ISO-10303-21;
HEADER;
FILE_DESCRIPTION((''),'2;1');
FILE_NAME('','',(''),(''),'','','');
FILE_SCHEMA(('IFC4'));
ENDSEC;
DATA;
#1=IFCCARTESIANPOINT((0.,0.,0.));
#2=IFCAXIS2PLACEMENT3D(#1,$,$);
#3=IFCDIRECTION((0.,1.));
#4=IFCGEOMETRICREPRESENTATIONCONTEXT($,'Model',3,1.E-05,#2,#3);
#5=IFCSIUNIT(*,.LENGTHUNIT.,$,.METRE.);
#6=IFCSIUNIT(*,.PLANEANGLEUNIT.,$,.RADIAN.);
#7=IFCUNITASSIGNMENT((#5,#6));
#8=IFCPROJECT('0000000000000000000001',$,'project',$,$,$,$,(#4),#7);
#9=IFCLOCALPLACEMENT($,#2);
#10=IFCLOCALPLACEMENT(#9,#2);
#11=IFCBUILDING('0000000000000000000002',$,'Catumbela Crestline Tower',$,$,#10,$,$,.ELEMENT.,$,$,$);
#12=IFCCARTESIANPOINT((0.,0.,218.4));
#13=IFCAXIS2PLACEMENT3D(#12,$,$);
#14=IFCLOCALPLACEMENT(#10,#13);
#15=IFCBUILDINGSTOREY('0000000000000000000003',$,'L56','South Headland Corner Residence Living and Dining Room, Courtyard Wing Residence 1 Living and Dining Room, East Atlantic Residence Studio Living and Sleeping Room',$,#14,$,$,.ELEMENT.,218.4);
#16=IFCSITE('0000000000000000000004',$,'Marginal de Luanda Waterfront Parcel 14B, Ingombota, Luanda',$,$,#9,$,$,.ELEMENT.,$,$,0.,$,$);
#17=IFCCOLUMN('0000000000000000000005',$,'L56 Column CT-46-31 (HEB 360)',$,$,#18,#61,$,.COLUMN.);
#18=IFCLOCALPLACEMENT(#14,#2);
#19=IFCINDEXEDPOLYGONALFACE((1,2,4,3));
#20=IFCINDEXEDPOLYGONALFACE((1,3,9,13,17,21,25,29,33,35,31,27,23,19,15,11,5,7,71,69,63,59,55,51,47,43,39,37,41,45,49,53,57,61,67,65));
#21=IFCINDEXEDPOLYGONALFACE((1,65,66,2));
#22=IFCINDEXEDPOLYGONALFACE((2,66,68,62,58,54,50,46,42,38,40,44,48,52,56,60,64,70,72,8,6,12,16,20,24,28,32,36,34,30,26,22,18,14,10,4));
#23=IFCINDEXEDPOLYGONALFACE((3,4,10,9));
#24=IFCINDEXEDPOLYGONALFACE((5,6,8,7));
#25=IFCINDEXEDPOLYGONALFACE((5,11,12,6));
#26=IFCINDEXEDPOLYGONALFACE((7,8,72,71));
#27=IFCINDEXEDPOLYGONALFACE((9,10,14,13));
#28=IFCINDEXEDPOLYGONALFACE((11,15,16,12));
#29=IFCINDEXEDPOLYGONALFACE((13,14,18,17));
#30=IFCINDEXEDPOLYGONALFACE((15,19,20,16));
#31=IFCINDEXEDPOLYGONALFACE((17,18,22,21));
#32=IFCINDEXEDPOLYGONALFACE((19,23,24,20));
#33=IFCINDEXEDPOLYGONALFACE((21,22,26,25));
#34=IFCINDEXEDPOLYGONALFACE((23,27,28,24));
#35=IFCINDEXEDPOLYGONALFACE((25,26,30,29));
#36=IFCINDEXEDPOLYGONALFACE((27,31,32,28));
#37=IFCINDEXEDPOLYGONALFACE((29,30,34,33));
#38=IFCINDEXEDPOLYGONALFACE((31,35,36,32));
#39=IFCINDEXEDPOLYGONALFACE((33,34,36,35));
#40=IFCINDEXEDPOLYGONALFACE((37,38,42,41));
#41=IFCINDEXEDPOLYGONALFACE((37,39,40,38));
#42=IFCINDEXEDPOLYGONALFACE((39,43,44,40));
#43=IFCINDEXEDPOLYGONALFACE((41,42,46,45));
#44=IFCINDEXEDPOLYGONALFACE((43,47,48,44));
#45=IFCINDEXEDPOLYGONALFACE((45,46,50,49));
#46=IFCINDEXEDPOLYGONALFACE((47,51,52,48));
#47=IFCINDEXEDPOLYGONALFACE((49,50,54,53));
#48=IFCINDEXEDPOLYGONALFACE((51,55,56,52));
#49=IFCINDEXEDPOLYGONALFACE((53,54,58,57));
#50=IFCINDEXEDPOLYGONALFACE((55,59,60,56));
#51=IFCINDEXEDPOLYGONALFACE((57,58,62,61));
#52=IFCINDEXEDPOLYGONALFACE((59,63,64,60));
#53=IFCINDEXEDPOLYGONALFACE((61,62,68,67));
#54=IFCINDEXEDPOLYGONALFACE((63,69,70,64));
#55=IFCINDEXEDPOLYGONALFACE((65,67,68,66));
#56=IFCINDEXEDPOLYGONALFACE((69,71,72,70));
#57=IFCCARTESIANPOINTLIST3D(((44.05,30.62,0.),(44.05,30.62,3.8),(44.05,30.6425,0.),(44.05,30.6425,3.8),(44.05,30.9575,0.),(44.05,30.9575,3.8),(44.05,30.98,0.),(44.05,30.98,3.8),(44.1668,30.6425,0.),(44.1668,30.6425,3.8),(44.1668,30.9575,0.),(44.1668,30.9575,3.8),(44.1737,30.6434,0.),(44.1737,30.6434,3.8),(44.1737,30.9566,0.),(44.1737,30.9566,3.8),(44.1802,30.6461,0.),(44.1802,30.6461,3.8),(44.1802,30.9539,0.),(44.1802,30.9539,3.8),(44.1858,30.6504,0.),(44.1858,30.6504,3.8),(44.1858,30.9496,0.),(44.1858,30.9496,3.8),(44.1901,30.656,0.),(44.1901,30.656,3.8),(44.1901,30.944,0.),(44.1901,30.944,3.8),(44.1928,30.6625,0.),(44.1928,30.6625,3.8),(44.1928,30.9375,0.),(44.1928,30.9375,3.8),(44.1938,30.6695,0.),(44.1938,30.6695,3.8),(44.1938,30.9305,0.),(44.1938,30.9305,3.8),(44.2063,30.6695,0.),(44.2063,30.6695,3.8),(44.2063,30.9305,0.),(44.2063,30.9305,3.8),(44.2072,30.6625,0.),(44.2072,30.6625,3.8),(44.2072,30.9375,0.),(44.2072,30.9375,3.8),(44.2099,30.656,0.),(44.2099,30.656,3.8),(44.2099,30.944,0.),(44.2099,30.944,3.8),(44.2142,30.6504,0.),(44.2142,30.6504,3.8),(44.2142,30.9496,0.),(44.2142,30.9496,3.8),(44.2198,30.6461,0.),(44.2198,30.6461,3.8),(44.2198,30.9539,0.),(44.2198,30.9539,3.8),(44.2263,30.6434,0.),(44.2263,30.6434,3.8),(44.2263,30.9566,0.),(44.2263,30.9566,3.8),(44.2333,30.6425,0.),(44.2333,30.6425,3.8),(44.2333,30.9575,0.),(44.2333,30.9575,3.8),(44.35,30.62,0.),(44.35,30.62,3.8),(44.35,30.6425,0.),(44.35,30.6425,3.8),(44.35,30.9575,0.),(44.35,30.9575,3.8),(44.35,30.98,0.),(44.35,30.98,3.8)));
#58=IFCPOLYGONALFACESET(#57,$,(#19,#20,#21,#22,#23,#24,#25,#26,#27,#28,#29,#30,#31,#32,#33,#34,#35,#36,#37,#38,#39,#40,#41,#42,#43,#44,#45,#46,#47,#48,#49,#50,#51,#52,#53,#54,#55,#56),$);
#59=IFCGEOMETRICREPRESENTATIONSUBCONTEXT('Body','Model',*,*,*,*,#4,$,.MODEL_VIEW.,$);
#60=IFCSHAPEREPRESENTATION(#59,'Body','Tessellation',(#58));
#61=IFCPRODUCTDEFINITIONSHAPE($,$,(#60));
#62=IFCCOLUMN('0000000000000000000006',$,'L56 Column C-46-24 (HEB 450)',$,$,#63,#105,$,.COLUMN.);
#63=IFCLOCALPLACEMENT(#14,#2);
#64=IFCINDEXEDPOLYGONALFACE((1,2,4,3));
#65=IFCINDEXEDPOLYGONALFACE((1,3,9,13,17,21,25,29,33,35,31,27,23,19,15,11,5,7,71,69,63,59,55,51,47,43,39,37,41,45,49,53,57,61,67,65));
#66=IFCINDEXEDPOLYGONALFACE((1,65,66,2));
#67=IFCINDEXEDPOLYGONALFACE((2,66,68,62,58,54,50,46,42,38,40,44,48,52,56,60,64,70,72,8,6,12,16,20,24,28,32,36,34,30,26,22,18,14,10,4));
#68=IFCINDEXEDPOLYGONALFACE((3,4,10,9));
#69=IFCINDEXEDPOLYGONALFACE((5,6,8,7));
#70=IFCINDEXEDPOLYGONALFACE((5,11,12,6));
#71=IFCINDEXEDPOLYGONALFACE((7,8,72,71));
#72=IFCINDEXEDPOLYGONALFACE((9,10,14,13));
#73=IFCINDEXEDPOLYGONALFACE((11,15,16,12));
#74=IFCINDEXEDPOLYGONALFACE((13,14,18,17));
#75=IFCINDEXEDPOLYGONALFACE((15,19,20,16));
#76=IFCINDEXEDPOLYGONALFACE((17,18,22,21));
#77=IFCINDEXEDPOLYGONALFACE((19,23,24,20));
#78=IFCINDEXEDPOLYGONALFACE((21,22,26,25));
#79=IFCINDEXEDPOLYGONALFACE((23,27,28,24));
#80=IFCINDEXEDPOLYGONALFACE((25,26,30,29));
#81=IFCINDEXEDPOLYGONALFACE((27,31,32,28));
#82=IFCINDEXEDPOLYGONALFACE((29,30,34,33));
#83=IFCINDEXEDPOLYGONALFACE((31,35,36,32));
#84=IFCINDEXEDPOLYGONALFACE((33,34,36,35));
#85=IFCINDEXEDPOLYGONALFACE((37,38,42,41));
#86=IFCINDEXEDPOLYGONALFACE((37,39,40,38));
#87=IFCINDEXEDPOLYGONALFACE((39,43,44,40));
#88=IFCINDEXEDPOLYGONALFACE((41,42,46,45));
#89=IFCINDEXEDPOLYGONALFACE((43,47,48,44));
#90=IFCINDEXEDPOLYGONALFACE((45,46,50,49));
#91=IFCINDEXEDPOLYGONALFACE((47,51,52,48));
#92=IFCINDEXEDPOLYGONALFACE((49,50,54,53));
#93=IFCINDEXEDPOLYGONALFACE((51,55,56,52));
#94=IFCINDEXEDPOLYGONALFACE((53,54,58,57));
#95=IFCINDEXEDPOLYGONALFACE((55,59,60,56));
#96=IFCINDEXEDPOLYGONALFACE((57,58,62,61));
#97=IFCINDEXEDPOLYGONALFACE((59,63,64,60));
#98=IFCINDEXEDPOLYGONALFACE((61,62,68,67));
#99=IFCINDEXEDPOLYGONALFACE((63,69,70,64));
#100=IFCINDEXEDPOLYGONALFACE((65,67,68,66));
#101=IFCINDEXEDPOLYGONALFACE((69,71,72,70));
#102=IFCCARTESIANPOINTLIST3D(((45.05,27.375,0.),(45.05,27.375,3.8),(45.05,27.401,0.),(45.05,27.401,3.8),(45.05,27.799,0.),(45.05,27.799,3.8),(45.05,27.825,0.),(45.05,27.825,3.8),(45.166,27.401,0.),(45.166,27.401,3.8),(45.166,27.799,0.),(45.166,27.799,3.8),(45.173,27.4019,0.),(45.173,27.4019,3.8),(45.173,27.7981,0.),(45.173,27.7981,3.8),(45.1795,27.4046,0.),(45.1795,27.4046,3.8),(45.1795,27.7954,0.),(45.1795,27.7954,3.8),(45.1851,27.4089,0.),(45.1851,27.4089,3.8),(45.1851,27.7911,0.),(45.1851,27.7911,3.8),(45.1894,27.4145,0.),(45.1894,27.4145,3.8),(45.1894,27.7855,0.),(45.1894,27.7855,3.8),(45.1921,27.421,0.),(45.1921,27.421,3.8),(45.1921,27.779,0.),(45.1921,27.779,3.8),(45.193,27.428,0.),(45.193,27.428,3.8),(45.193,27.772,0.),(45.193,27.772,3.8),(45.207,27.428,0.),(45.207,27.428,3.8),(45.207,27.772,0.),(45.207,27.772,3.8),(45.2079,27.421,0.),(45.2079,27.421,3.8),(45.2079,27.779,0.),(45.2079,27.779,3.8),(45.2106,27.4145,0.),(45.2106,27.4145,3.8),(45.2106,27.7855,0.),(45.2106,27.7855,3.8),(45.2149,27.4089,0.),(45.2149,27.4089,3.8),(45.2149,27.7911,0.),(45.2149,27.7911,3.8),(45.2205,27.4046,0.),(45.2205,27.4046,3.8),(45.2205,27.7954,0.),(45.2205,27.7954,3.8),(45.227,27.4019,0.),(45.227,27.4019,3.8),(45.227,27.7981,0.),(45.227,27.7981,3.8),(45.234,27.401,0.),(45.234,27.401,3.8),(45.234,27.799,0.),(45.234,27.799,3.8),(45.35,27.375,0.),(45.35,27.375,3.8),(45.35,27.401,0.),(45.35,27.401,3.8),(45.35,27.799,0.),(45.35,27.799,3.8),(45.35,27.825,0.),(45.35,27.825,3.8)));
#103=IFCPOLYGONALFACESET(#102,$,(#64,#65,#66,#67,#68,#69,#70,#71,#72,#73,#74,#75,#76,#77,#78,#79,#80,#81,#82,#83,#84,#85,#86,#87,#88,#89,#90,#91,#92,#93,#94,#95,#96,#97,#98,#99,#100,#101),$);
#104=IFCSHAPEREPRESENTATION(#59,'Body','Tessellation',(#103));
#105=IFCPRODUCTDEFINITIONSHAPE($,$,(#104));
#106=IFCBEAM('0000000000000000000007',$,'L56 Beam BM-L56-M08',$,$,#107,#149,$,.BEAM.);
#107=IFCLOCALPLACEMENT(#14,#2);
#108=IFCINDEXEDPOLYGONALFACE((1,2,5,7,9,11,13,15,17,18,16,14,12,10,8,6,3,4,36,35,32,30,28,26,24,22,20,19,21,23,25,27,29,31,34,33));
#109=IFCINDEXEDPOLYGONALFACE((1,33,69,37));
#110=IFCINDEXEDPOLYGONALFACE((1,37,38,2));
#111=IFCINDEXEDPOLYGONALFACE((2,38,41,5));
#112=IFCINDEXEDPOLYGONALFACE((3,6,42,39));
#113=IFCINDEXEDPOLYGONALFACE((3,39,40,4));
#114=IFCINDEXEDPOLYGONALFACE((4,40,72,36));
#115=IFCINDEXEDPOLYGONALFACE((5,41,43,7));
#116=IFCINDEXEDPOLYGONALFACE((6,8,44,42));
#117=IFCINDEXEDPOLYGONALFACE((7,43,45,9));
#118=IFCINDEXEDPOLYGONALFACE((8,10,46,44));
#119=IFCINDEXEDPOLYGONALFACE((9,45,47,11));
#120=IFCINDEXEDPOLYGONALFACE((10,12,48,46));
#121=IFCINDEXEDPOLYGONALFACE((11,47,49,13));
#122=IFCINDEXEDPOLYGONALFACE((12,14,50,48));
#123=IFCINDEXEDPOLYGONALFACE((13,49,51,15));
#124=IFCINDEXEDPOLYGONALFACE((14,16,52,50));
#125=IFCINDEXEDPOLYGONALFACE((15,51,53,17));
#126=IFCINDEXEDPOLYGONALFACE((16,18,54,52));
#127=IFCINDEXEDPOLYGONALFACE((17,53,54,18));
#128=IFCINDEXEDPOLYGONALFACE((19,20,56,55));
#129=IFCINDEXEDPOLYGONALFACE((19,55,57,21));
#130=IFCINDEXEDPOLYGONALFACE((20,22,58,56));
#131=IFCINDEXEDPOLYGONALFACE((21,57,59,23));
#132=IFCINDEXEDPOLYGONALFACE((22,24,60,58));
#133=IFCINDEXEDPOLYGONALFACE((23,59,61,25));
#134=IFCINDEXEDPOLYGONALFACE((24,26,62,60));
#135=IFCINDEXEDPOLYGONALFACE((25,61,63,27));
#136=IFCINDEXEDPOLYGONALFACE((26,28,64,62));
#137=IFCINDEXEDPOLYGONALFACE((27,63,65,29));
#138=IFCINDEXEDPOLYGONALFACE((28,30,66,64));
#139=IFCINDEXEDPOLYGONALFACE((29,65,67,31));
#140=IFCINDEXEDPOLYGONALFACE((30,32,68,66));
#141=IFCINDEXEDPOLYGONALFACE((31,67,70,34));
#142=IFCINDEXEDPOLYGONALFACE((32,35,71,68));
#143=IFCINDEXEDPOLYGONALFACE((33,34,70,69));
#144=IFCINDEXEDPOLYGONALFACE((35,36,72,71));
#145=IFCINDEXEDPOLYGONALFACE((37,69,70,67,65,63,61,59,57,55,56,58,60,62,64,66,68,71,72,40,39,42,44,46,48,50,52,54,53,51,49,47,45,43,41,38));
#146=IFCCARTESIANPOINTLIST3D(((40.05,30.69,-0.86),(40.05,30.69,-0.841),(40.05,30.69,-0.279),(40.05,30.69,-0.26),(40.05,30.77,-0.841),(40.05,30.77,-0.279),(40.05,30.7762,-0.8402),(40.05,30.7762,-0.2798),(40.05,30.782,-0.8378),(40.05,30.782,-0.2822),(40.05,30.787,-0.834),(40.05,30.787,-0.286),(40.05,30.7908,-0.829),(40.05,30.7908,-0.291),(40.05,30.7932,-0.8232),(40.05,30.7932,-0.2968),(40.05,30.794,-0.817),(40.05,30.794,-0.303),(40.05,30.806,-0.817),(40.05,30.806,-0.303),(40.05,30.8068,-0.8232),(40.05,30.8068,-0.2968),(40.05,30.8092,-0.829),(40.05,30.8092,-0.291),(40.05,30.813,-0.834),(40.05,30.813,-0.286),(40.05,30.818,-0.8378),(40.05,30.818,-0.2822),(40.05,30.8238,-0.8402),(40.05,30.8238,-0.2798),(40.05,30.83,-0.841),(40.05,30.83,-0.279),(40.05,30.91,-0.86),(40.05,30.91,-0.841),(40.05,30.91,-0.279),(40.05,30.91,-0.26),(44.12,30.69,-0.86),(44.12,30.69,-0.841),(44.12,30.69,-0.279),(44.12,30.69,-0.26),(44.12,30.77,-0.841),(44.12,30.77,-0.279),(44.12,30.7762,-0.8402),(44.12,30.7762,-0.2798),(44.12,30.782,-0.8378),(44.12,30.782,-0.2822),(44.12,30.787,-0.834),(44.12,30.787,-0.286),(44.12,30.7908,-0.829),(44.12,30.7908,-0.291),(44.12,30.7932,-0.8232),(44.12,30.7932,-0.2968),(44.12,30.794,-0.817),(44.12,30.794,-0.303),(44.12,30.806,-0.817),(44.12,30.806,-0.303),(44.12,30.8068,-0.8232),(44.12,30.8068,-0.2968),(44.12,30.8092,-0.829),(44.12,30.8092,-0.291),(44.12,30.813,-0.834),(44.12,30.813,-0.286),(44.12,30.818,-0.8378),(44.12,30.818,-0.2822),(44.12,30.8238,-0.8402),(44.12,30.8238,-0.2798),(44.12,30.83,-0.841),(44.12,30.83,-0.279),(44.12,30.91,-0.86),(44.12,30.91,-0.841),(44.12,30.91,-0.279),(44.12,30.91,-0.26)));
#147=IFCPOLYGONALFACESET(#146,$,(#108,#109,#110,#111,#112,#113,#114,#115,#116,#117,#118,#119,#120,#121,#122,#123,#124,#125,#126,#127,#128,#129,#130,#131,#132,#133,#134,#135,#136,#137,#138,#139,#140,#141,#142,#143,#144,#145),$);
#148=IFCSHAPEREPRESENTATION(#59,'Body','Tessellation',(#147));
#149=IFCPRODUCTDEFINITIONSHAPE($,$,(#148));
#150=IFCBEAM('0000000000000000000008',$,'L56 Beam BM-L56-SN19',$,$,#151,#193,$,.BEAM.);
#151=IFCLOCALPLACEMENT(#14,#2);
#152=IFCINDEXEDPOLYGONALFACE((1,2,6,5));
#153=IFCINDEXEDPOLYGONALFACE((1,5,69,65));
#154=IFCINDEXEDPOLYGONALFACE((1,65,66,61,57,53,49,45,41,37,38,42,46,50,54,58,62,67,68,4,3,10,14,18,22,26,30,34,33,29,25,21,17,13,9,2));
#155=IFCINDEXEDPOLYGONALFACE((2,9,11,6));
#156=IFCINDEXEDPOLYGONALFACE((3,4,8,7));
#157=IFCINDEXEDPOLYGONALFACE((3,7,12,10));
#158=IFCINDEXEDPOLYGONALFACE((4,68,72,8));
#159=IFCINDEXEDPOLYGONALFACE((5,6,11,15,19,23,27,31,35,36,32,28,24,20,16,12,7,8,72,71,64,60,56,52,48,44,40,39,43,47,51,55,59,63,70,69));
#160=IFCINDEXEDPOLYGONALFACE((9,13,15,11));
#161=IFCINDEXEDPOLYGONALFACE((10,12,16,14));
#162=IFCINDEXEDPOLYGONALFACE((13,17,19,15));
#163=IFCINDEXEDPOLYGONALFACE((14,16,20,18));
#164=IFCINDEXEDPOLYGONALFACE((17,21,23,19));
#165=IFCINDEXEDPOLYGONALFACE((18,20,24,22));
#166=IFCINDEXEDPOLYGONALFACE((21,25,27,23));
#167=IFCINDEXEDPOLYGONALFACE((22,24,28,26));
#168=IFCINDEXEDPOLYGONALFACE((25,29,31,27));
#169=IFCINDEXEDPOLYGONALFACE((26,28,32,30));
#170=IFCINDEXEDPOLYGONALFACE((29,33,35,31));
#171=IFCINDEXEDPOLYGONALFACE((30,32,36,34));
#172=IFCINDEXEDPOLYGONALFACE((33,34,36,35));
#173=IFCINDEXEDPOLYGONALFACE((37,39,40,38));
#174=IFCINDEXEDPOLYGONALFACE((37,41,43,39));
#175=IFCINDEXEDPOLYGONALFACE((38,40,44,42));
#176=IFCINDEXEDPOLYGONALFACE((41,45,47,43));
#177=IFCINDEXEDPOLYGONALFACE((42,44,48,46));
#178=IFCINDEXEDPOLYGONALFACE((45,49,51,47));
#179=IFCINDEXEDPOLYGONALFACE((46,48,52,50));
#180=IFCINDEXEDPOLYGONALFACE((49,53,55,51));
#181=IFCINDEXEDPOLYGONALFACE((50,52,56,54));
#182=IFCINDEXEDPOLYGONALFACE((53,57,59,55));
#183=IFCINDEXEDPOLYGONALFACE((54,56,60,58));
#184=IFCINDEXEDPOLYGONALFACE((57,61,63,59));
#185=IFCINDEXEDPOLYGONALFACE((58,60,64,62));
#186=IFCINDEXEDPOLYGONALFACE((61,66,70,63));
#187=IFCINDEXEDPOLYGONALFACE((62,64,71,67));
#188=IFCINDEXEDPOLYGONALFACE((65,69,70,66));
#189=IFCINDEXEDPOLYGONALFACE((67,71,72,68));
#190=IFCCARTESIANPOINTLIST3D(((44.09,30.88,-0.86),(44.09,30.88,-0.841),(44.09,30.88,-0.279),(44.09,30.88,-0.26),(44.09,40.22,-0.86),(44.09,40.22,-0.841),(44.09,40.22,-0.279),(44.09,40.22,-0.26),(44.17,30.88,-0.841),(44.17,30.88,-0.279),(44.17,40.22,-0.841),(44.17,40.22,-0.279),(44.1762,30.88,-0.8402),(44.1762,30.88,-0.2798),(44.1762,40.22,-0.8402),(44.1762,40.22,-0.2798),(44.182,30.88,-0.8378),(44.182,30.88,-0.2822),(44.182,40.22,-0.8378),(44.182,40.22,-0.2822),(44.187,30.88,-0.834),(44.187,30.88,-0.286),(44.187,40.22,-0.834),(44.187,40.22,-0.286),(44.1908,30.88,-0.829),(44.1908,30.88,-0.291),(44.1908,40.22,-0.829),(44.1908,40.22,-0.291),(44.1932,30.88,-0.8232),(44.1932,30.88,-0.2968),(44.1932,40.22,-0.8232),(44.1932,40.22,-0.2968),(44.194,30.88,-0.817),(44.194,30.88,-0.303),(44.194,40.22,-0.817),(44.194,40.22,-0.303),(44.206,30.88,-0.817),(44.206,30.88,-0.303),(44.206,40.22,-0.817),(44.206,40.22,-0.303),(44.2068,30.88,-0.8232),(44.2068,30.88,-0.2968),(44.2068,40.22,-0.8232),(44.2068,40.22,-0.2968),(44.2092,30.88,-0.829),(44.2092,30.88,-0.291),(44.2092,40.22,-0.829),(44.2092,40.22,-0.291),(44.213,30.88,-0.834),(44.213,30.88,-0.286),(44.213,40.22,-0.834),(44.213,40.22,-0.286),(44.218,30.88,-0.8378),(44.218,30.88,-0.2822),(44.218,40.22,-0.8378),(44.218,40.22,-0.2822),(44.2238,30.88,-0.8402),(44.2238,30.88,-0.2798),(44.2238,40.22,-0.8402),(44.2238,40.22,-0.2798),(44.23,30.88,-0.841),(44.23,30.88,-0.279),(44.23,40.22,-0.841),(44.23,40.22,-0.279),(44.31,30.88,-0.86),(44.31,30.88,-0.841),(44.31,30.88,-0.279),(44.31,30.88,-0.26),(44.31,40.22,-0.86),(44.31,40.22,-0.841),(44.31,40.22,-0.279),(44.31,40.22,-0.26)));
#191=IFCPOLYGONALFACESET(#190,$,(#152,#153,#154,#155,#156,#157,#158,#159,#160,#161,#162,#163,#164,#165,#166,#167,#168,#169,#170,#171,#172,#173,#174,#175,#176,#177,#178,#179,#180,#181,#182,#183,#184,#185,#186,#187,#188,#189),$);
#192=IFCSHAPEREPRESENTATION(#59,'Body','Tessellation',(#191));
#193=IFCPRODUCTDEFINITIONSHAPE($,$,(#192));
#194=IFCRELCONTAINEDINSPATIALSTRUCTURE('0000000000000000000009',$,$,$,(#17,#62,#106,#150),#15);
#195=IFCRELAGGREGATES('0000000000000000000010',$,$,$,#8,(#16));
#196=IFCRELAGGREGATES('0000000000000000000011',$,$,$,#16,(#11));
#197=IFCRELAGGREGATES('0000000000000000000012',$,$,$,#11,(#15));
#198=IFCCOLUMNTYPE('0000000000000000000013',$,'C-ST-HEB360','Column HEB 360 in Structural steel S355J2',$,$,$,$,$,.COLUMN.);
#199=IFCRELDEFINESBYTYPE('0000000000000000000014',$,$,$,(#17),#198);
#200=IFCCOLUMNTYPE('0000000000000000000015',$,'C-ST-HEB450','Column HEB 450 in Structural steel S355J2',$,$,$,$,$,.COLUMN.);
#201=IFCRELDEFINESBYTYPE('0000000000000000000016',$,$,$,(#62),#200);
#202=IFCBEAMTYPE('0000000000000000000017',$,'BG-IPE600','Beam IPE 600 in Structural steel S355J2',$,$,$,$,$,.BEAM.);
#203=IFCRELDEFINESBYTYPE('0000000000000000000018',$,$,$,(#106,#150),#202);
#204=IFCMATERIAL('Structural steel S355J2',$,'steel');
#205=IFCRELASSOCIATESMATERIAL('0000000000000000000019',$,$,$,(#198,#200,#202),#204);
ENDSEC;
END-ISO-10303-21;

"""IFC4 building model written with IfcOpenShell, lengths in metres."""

from ifc_helpers import new_model, si_unit, direction, frame, origin, origin_2d, place, context, subcontext, project, spatial, i_section, extrude, material, material_profile, profile_set, type_object, element, save


model = new_model("IFC4")

# Units and contexts
model_context = context("Model", 3, precision=1e-05, world=origin(), true_north=direction((0.0, 1.0)))
body_context = subcontext(model_context, "Body", "Model", "MODEL_VIEW")
ifc_project = project(units=[si_unit("LENGTHUNIT", "METRE"), si_unit("PLANEANGLEUNIT", "RADIAN")], contexts=[model_context])

# Site, building, storey
site_placement = place(None, origin())
site = spatial("IfcSite", under=ifc_project, at=site_placement, Name="Marginal de Luanda Waterfront Parcel 14B, Ingombota, Luanda", CompositionType="ELEMENT", RefElevation=0.0)
building_placement = place(site_placement, origin())
building = spatial("IfcBuilding", under=site, at=building_placement, Name="Catumbela Crestline Tower", CompositionType="ELEMENT")
storey_placement = place(building_placement, frame((0.0, 0.0, 218.4)))
storey = spatial("IfcBuildingStorey", under=building, at=storey_placement, Name="L56", Description="South Headland Corner Residence Living and Dining Room, Courtyard Wing Residence 1 Living and Dining Room, East Atlantic Residence Studio Living and Sleeping Room", CompositionType="ELEMENT", Elevation=218.4)

# Columns
ifc_material_1 = material(Name="Structural steel S355J2", Category="steel")
ifc_material_profile_1 = material_profile(ifc_material_1, i_section(OverallWidth=0.3, OverallDepth=0.36, WebThickness=0.0125, FlangeThickness=0.0225, FilletRadius=0.027, at=origin_2d()), Name="HEB 360")
ifc_profile_set_1 = profile_set([ifc_material_profile_1], Name="Structural steel S355J2")
column_type_1 = type_object("IfcColumnType", Name="C-ST-HEB360", Description="Column HEB 360 in Structural steel S355J2", PredefinedType="COLUMN", material=ifc_profile_set_1)
column_1_placement = place(storey_placement, frame((44.2, 30.8, 0.0), z_axis=(0.0, 0.0, 1.0), x_axis=(1.0, 0.0, 0.0)))
element("IfcColumn", 1, at=column_1_placement, inside=storey, type_object=column_type_1, Name="L56 Column CT-46-31 (HEB 360)", PredefinedType="COLUMN", context=body_context, shape_type="SweptSolid", body=[
    extrude(i_section(OverallWidth=0.3, OverallDepth=0.36, WebThickness=0.0125, FlangeThickness=0.0225, FilletRadius=0.027, at=origin_2d()), origin(), (0.0, 0.0, 1.0), 3.8),
])
ifc_material_profile_2 = material_profile(ifc_material_1, i_section(OverallWidth=0.3, OverallDepth=0.45, WebThickness=0.014, FlangeThickness=0.026, FilletRadius=0.027, at=origin_2d()), Name="HEB 450")
ifc_profile_set_2 = profile_set([ifc_material_profile_2], Name="Structural steel S355J2")
column_type_2 = type_object("IfcColumnType", Name="C-ST-HEB450", Description="Column HEB 450 in Structural steel S355J2", PredefinedType="COLUMN", material=ifc_profile_set_2)
column_2_placement = place(storey_placement, frame((45.2, 27.6, 0.0), z_axis=(0.0, 0.0, 1.0), x_axis=(1.0, 0.0, 0.0)))
element("IfcColumn", 2, at=column_2_placement, inside=storey, type_object=column_type_2, Name="L56 Column C-46-24 (HEB 450)", PredefinedType="COLUMN", context=body_context, shape_type="SweptSolid", body=[
    extrude(i_section(OverallWidth=0.3, OverallDepth=0.45, WebThickness=0.014, FlangeThickness=0.026, FilletRadius=0.027, at=origin_2d()), origin(), (0.0, 0.0, 1.0), 3.8),
])

# Beams
ifc_material_profile_3 = material_profile(ifc_material_1, i_section(OverallWidth=0.22, OverallDepth=0.6, WebThickness=0.012, FlangeThickness=0.019, FilletRadius=0.024, at=origin_2d()), Name="IPE 600")
ifc_profile_set_3 = profile_set([ifc_material_profile_3], Name="Structural steel S355J2")
beam_type_1 = type_object("IfcBeamType", Name="BG-IPE600", Description="Beam IPE 600 in Structural steel S355J2", PredefinedType="BEAM", material=ifc_profile_set_3)
beam_1_placement = place(storey_placement, frame((40.05, 30.8, -0.56), z_axis=(1.0, 0.0, 0.0), x_axis=(0.0, 1.0, 0.0)))
element("IfcBeam", 3, at=beam_1_placement, inside=storey, type_object=beam_type_1, Name="L56 Beam BM-L56-M08", PredefinedType="BEAM", context=body_context, shape_type="SweptSolid", body=[
    extrude(i_section(OverallWidth=0.22, OverallDepth=0.6, WebThickness=0.012, FlangeThickness=0.019, FilletRadius=0.024, at=origin_2d()), origin(), (0.0, 0.0, 1.0), 4.07),
])
beam_2_placement = place(storey_placement, frame((44.2, 30.88, -0.56), z_axis=(0.0, 1.0, 0.0), x_axis=(-1.0, 0.0, 0.0)))
element("IfcBeam", 4, at=beam_2_placement, inside=storey, type_object=beam_type_1, Name="L56 Beam BM-L56-SN19", PredefinedType="BEAM", context=body_context, shape_type="SweptSolid", body=[
    extrude(i_section(OverallWidth=0.22, OverallDepth=0.6, WebThickness=0.012, FlangeThickness=0.019, FilletRadius=0.024, at=origin_2d()), origin(), (0.0, 0.0, 1.0), 9.34),
])

save(model, "model.ifc")
